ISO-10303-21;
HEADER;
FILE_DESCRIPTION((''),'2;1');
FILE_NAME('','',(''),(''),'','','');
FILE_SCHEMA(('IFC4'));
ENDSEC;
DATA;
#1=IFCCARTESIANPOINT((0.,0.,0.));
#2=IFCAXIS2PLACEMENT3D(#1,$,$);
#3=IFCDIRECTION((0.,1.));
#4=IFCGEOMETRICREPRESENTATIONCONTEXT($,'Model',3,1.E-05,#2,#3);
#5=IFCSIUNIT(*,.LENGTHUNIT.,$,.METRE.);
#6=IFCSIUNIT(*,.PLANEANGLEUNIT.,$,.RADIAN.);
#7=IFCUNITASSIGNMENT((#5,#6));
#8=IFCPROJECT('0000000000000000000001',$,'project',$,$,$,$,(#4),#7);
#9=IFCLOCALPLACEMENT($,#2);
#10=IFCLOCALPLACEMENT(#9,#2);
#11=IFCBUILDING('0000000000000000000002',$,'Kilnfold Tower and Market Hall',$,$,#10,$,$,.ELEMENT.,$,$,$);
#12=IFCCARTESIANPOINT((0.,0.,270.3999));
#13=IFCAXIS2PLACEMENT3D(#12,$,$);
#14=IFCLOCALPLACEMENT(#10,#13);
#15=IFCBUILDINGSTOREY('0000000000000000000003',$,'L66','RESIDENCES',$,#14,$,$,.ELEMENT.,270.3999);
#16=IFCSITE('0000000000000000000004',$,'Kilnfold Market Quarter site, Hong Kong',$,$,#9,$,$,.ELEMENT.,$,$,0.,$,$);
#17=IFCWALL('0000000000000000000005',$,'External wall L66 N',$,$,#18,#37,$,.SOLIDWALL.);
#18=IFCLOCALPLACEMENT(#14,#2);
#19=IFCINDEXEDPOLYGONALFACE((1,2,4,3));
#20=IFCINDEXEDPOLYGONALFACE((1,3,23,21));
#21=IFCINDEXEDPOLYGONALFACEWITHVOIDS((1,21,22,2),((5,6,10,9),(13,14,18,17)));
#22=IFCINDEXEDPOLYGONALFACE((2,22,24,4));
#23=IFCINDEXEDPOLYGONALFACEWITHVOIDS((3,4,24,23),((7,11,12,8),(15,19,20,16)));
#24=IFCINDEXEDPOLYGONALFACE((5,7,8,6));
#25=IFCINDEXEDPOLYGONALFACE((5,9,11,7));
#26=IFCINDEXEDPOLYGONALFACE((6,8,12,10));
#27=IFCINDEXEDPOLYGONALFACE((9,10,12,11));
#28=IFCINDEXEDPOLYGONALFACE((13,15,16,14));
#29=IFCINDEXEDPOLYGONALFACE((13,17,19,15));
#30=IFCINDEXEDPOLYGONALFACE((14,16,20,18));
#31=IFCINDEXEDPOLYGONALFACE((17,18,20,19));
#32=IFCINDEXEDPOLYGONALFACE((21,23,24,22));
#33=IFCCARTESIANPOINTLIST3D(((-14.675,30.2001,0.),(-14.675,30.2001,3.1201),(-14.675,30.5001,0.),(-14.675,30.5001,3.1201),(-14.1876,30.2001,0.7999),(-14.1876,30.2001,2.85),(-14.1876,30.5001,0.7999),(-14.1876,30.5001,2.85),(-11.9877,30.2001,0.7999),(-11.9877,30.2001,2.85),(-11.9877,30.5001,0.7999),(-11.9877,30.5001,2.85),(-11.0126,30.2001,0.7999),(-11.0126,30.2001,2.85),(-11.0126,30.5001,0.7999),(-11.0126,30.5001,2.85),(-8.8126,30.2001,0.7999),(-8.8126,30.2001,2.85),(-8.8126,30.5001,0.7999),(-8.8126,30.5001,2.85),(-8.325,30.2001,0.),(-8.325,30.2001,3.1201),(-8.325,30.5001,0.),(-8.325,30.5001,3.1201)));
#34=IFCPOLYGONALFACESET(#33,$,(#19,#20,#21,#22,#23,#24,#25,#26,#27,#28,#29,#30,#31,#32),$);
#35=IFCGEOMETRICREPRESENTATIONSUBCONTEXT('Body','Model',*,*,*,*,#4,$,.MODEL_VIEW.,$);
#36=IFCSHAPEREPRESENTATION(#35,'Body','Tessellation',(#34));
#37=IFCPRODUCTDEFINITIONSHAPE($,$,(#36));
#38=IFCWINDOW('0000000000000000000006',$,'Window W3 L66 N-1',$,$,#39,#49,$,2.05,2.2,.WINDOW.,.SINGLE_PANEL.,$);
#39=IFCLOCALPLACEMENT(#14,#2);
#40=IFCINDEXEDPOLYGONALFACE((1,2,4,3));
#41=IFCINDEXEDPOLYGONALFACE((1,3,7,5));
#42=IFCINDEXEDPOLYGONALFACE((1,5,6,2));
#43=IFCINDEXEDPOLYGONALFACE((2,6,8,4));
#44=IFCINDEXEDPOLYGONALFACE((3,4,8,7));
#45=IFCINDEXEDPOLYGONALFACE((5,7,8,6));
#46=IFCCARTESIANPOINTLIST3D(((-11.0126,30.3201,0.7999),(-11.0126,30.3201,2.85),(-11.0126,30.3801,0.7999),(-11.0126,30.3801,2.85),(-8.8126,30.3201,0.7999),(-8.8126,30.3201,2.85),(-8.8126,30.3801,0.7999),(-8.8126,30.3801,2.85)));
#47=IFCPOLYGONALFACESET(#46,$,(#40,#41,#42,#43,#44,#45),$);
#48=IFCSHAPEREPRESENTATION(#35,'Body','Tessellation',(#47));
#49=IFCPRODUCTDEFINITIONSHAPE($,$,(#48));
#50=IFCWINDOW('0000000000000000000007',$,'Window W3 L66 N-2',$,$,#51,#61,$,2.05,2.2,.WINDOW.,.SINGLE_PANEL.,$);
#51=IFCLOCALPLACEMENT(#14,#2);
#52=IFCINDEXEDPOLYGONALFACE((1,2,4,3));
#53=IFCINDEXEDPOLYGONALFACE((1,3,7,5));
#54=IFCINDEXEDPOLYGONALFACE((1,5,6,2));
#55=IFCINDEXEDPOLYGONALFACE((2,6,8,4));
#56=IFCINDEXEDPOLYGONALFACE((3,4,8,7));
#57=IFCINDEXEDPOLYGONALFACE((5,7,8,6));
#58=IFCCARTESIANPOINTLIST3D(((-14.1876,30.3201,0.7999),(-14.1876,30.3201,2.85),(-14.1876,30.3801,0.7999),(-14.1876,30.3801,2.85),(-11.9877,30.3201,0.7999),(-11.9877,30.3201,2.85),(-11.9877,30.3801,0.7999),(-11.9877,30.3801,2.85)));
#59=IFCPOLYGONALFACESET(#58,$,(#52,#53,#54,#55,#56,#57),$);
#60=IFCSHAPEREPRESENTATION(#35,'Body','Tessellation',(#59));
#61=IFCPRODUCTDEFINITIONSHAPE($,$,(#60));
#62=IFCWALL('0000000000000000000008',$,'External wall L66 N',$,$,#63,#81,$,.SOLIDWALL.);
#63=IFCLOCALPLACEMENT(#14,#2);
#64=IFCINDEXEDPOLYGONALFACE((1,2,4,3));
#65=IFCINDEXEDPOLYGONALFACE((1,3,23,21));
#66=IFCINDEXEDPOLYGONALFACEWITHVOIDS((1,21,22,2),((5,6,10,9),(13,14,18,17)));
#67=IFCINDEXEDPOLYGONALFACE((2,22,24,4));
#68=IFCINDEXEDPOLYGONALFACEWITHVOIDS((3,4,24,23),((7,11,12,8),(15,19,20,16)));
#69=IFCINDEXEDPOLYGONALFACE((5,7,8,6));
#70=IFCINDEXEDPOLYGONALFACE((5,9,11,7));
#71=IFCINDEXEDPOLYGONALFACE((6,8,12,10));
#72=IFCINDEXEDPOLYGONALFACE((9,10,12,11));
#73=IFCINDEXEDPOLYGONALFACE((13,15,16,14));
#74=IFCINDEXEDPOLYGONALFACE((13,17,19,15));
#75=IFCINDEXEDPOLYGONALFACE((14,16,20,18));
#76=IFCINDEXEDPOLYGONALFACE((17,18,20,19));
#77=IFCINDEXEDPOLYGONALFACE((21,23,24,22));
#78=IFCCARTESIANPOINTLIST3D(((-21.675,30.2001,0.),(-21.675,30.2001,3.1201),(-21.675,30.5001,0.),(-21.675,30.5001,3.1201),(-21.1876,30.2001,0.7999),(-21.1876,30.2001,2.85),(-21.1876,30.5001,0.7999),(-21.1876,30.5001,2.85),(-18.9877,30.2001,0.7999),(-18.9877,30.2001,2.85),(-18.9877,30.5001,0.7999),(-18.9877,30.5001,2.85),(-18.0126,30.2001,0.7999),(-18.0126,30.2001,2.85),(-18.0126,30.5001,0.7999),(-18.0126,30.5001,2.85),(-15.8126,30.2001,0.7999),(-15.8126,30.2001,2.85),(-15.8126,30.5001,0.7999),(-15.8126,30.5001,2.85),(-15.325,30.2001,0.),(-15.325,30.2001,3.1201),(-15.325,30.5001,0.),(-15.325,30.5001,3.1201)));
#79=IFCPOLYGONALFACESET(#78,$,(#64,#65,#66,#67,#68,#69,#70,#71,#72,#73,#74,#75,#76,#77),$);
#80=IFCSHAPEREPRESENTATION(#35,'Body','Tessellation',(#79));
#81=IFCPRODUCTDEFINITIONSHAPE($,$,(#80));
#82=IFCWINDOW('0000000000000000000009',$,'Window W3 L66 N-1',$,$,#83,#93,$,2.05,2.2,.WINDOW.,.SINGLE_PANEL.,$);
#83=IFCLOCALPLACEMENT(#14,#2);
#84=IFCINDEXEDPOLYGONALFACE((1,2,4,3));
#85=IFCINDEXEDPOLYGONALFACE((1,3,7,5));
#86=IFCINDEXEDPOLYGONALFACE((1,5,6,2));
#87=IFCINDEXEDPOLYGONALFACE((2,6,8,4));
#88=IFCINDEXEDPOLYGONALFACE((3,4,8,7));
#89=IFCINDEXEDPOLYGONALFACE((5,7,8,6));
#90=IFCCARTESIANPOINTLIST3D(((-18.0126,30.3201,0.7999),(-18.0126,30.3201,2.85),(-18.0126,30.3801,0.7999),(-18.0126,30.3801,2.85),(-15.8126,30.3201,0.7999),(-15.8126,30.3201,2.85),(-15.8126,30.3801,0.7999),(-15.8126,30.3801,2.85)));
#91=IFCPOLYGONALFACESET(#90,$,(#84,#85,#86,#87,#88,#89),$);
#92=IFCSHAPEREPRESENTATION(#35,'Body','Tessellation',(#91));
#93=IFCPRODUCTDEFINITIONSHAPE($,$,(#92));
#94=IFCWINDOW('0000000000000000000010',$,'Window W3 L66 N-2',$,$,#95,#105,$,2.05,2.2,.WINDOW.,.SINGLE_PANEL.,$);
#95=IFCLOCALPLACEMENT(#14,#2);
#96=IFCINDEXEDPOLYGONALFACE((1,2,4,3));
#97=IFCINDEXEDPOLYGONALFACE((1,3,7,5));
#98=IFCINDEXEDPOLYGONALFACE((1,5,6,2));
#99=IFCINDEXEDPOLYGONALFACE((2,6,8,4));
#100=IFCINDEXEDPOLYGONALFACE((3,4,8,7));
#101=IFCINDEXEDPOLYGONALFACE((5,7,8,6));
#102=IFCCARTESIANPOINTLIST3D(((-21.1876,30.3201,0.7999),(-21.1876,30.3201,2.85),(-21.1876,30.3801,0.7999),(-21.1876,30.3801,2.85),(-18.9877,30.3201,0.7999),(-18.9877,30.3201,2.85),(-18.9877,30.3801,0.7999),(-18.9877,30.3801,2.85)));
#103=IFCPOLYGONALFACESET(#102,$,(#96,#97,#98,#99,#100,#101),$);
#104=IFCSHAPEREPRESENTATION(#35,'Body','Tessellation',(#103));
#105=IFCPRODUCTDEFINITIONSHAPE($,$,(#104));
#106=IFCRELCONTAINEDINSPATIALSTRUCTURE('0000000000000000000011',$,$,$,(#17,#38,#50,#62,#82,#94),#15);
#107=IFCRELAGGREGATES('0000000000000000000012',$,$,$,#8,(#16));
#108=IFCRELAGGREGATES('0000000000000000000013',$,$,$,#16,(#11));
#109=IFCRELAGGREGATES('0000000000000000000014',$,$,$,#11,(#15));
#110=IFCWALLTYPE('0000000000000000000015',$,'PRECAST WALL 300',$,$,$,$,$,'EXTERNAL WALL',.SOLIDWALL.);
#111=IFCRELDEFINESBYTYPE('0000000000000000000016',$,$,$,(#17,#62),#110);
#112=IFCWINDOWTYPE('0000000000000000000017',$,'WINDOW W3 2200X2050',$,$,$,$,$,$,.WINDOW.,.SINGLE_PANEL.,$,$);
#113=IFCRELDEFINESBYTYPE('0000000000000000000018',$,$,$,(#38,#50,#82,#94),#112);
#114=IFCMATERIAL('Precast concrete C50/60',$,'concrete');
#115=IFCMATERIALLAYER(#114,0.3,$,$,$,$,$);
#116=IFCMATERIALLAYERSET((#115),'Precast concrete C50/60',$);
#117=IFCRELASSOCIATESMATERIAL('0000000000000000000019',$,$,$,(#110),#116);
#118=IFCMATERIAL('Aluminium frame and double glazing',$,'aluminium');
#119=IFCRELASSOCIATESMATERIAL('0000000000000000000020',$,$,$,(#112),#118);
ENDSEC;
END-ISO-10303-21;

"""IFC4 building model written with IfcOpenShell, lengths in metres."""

from ifc_helpers import new_model, si_unit, direction, frame, frame_2d, origin, place, context, subcontext, project, spatial, rectangle, extrude, source, transform, mapped, material, layer, layer_set, type_object, element, fill, save


model = new_model("IFC4")

# Units and contexts
model_context = context("Model", 3, precision=1e-05, world=origin(), true_north=direction((0.0, 1.0)))
body_context = subcontext(model_context, "Body", "Model", "MODEL_VIEW")
ifc_project = project(units=[si_unit("LENGTHUNIT", "METRE"), si_unit("PLANEANGLEUNIT", "RADIAN")], contexts=[model_context])

# Site, building, storey
site_placement = place(None, origin())
site = spatial("IfcSite", under=ifc_project, at=site_placement, Name="Kilnfold Market Quarter site, Hong Kong", CompositionType="ELEMENT", RefElevation=0.0)
building_placement = place(site_placement, origin())
building = spatial("IfcBuilding", under=site, at=building_placement, Name="Kilnfold Tower and Market Hall", CompositionType="ELEMENT")
storey_placement = place(building_placement, frame((0.0, 0.0, 270.3999)))
storey = spatial("IfcBuildingStorey", under=building, at=storey_placement, Name="L66", Description="RESIDENCES", CompositionType="ELEMENT", Elevation=270.3999)

# Walls, openings, windows
ifc_material_1 = material(Name="Precast concrete C50/60", Category="concrete")
ifc_layer_1 = layer(ifc_material_1, 0.3)
ifc_layer_set_1 = layer_set([ifc_layer_1], Name="Precast concrete C50/60")
wall_type_1 = type_object("IfcWallType", Name="PRECAST WALL 300", ElementType="EXTERNAL WALL", PredefinedType="SOLIDWALL", material=ifc_layer_set_1)
shared_shape_1 = source(origin(), body_context, "Body", "SweptSolid", [
    extrude(rectangle(XDim=6.3501, YDim=0.3, at=frame_2d((3.175, 0.0))), origin(), (0.0, 0.0, 1.0), 3.1201),
])
wall_1_placement = place(storey_placement, frame((-8.325, 30.3501, 0.0), z_axis=(0.0, 0.0, 1.0), x_axis=(-1.0, 0.0, 0.0)))
wall_1 = element("IfcWall", 1, at=wall_1_placement, inside=storey, type_object=wall_type_1, Name="External wall L66 N", PredefinedType="SOLIDWALL", context=body_context, shape_type="MappedRepresentation", body=[
    mapped(shared_shape_1, transform((0.0, 0.0, 0.0))),
])
opening_1_placement = place(wall_1_placement, frame((0.4875, 0.0, 0.8)))
opening_1 = element("IfcOpeningElement", 2, at=opening_1_placement, cuts=wall_1, PredefinedType="OPENING", context=body_context, shape_type="SweptSolid", body=[
    extrude(rectangle(XDim=2.2, YDim=2.05, at=frame_2d((1.1001, 1.0249))), frame((0.0, 0.1602, 0.0), z_axis=(0.0, -1.0, 0.0), x_axis=(1.0, 0.0, 0.0)), (0.0, 0.0, 1.0), 0.3201),
])
opening_2_placement = place(wall_1_placement, frame((3.6626, 0.0, 0.8)))
opening_2 = element("IfcOpeningElement", 3, at=opening_2_placement, cuts=wall_1, PredefinedType="OPENING", context=body_context, shape_type="SweptSolid", body=[
    extrude(rectangle(XDim=2.2, YDim=2.05, at=frame_2d((1.1001, 1.0249))), frame((0.0, 0.1602, 0.0), z_axis=(0.0, -1.0, 0.0), x_axis=(1.0, 0.0, 0.0)), (0.0, 0.0, 1.0), 0.3201),
])
ifc_material_2 = material(Name="Aluminium frame and double glazing", Category="aluminium")
window_type = type_object("IfcWindowType", Name="WINDOW W3 2200X2050", PartitioningType="SINGLE_PANEL", PredefinedType="WINDOW", material=ifc_material_2)
window_1_placement = place(opening_1_placement, origin())
window_1 = element("IfcWindow", 4, at=window_1_placement, inside=storey, type_object=window_type, Name="Window W3 L66 N-1", OverallHeight=2.05, OverallWidth=2.2, PartitioningType="SINGLE_PANEL", PredefinedType="WINDOW", context=body_context, shape_type="SweptSolid", body=[
    extrude(rectangle(XDim=2.2, YDim=2.05, at=frame_2d((1.1001, 1.0249))), frame((0.0, 0.03, 0.0), z_axis=(0.0, -1.0, 0.0), x_axis=(1.0, 0.0, 0.0)), (0.0, 0.0, 1.0), 0.0601),
])
fill(opening_1, window_1)
window_2_placement = place(opening_2_placement, origin())
window_2 = element("IfcWindow", 5, at=window_2_placement, inside=storey, type_object=window_type, Name="Window W3 L66 N-2", OverallHeight=2.05, OverallWidth=2.2, PartitioningType="SINGLE_PANEL", PredefinedType="WINDOW", context=body_context, shape_type="SweptSolid", body=[
    extrude(rectangle(XDim=2.2, YDim=2.05, at=frame_2d((1.1001, 1.0249))), frame((0.0, 0.03, 0.0), z_axis=(0.0, -1.0, 0.0), x_axis=(1.0, 0.0, 0.0)), (0.0, 0.0, 1.0), 0.0601),
])
fill(opening_2, window_2)
wall_2_placement = place(storey_placement, frame((-15.325, 30.3501, 0.0), z_axis=(0.0, 0.0, 1.0), x_axis=(-1.0, 0.0, 0.0)))
wall_2 = element("IfcWall", 6, at=wall_2_placement, inside=storey, type_object=wall_type_1, Name="External wall L66 N", PredefinedType="SOLIDWALL", context=body_context, shape_type="MappedRepresentation", body=[
    mapped(shared_shape_1, transform((0.0, 0.0, 0.0))),
])
opening_3_placement = place(wall_2_placement, frame((0.4875, 0.0, 0.8)))
opening_3 = element("IfcOpeningElement", 7, at=opening_3_placement, cuts=wall_2, PredefinedType="OPENING", context=body_context, shape_type="SweptSolid", body=[
    extrude(rectangle(XDim=2.2, YDim=2.05, at=frame_2d((1.1001, 1.0249))), frame((0.0, 0.1602, 0.0), z_axis=(0.0, -1.0, 0.0), x_axis=(1.0, 0.0, 0.0)), (0.0, 0.0, 1.0), 0.3201),
])
opening_4_placement = place(wall_2_placement, frame((3.6626, 0.0, 0.8)))
opening_4 = element("IfcOpeningElement", 8, at=opening_4_placement, cuts=wall_2, PredefinedType="OPENING", context=body_context, shape_type="SweptSolid", body=[
    extrude(rectangle(XDim=2.2, YDim=2.05, at=frame_2d((1.1001, 1.0249))), frame((0.0, 0.1602, 0.0), z_axis=(0.0, -1.0, 0.0), x_axis=(1.0, 0.0, 0.0)), (0.0, 0.0, 1.0), 0.3201),
])
window_3_placement = place(opening_3_placement, origin())
window_3 = element("IfcWindow", 9, at=window_3_placement, inside=storey, type_object=window_type, Name="Window W3 L66 N-1", OverallHeight=2.05, OverallWidth=2.2, PartitioningType="SINGLE_PANEL", PredefinedType="WINDOW", context=body_context, shape_type="SweptSolid", body=[
    extrude(rectangle(XDim=2.2, YDim=2.05, at=frame_2d((1.1001, 1.0249))), frame((0.0, 0.03, 0.0), z_axis=(0.0, -1.0, 0.0), x_axis=(1.0, 0.0, 0.0)), (0.0, 0.0, 1.0), 0.0601),
])
fill(opening_3, window_3)
window_4_placement = place(opening_4_placement, origin())
window_4 = element("IfcWindow", 10, at=window_4_placement, inside=storey, type_object=window_type, Name="Window W3 L66 N-2", OverallHeight=2.05, OverallWidth=2.2, PartitioningType="SINGLE_PANEL", PredefinedType="WINDOW", context=body_context, shape_type="SweptSolid", body=[
    extrude(rectangle(XDim=2.2, YDim=2.05, at=frame_2d((1.1001, 1.0249))), frame((0.0, 0.03, 0.0), z_axis=(0.0, -1.0, 0.0), x_axis=(1.0, 0.0, 0.0)), (0.0, 0.0, 1.0), 0.0601),
])
fill(opening_4, window_4)

save(model, "model.ifc")
